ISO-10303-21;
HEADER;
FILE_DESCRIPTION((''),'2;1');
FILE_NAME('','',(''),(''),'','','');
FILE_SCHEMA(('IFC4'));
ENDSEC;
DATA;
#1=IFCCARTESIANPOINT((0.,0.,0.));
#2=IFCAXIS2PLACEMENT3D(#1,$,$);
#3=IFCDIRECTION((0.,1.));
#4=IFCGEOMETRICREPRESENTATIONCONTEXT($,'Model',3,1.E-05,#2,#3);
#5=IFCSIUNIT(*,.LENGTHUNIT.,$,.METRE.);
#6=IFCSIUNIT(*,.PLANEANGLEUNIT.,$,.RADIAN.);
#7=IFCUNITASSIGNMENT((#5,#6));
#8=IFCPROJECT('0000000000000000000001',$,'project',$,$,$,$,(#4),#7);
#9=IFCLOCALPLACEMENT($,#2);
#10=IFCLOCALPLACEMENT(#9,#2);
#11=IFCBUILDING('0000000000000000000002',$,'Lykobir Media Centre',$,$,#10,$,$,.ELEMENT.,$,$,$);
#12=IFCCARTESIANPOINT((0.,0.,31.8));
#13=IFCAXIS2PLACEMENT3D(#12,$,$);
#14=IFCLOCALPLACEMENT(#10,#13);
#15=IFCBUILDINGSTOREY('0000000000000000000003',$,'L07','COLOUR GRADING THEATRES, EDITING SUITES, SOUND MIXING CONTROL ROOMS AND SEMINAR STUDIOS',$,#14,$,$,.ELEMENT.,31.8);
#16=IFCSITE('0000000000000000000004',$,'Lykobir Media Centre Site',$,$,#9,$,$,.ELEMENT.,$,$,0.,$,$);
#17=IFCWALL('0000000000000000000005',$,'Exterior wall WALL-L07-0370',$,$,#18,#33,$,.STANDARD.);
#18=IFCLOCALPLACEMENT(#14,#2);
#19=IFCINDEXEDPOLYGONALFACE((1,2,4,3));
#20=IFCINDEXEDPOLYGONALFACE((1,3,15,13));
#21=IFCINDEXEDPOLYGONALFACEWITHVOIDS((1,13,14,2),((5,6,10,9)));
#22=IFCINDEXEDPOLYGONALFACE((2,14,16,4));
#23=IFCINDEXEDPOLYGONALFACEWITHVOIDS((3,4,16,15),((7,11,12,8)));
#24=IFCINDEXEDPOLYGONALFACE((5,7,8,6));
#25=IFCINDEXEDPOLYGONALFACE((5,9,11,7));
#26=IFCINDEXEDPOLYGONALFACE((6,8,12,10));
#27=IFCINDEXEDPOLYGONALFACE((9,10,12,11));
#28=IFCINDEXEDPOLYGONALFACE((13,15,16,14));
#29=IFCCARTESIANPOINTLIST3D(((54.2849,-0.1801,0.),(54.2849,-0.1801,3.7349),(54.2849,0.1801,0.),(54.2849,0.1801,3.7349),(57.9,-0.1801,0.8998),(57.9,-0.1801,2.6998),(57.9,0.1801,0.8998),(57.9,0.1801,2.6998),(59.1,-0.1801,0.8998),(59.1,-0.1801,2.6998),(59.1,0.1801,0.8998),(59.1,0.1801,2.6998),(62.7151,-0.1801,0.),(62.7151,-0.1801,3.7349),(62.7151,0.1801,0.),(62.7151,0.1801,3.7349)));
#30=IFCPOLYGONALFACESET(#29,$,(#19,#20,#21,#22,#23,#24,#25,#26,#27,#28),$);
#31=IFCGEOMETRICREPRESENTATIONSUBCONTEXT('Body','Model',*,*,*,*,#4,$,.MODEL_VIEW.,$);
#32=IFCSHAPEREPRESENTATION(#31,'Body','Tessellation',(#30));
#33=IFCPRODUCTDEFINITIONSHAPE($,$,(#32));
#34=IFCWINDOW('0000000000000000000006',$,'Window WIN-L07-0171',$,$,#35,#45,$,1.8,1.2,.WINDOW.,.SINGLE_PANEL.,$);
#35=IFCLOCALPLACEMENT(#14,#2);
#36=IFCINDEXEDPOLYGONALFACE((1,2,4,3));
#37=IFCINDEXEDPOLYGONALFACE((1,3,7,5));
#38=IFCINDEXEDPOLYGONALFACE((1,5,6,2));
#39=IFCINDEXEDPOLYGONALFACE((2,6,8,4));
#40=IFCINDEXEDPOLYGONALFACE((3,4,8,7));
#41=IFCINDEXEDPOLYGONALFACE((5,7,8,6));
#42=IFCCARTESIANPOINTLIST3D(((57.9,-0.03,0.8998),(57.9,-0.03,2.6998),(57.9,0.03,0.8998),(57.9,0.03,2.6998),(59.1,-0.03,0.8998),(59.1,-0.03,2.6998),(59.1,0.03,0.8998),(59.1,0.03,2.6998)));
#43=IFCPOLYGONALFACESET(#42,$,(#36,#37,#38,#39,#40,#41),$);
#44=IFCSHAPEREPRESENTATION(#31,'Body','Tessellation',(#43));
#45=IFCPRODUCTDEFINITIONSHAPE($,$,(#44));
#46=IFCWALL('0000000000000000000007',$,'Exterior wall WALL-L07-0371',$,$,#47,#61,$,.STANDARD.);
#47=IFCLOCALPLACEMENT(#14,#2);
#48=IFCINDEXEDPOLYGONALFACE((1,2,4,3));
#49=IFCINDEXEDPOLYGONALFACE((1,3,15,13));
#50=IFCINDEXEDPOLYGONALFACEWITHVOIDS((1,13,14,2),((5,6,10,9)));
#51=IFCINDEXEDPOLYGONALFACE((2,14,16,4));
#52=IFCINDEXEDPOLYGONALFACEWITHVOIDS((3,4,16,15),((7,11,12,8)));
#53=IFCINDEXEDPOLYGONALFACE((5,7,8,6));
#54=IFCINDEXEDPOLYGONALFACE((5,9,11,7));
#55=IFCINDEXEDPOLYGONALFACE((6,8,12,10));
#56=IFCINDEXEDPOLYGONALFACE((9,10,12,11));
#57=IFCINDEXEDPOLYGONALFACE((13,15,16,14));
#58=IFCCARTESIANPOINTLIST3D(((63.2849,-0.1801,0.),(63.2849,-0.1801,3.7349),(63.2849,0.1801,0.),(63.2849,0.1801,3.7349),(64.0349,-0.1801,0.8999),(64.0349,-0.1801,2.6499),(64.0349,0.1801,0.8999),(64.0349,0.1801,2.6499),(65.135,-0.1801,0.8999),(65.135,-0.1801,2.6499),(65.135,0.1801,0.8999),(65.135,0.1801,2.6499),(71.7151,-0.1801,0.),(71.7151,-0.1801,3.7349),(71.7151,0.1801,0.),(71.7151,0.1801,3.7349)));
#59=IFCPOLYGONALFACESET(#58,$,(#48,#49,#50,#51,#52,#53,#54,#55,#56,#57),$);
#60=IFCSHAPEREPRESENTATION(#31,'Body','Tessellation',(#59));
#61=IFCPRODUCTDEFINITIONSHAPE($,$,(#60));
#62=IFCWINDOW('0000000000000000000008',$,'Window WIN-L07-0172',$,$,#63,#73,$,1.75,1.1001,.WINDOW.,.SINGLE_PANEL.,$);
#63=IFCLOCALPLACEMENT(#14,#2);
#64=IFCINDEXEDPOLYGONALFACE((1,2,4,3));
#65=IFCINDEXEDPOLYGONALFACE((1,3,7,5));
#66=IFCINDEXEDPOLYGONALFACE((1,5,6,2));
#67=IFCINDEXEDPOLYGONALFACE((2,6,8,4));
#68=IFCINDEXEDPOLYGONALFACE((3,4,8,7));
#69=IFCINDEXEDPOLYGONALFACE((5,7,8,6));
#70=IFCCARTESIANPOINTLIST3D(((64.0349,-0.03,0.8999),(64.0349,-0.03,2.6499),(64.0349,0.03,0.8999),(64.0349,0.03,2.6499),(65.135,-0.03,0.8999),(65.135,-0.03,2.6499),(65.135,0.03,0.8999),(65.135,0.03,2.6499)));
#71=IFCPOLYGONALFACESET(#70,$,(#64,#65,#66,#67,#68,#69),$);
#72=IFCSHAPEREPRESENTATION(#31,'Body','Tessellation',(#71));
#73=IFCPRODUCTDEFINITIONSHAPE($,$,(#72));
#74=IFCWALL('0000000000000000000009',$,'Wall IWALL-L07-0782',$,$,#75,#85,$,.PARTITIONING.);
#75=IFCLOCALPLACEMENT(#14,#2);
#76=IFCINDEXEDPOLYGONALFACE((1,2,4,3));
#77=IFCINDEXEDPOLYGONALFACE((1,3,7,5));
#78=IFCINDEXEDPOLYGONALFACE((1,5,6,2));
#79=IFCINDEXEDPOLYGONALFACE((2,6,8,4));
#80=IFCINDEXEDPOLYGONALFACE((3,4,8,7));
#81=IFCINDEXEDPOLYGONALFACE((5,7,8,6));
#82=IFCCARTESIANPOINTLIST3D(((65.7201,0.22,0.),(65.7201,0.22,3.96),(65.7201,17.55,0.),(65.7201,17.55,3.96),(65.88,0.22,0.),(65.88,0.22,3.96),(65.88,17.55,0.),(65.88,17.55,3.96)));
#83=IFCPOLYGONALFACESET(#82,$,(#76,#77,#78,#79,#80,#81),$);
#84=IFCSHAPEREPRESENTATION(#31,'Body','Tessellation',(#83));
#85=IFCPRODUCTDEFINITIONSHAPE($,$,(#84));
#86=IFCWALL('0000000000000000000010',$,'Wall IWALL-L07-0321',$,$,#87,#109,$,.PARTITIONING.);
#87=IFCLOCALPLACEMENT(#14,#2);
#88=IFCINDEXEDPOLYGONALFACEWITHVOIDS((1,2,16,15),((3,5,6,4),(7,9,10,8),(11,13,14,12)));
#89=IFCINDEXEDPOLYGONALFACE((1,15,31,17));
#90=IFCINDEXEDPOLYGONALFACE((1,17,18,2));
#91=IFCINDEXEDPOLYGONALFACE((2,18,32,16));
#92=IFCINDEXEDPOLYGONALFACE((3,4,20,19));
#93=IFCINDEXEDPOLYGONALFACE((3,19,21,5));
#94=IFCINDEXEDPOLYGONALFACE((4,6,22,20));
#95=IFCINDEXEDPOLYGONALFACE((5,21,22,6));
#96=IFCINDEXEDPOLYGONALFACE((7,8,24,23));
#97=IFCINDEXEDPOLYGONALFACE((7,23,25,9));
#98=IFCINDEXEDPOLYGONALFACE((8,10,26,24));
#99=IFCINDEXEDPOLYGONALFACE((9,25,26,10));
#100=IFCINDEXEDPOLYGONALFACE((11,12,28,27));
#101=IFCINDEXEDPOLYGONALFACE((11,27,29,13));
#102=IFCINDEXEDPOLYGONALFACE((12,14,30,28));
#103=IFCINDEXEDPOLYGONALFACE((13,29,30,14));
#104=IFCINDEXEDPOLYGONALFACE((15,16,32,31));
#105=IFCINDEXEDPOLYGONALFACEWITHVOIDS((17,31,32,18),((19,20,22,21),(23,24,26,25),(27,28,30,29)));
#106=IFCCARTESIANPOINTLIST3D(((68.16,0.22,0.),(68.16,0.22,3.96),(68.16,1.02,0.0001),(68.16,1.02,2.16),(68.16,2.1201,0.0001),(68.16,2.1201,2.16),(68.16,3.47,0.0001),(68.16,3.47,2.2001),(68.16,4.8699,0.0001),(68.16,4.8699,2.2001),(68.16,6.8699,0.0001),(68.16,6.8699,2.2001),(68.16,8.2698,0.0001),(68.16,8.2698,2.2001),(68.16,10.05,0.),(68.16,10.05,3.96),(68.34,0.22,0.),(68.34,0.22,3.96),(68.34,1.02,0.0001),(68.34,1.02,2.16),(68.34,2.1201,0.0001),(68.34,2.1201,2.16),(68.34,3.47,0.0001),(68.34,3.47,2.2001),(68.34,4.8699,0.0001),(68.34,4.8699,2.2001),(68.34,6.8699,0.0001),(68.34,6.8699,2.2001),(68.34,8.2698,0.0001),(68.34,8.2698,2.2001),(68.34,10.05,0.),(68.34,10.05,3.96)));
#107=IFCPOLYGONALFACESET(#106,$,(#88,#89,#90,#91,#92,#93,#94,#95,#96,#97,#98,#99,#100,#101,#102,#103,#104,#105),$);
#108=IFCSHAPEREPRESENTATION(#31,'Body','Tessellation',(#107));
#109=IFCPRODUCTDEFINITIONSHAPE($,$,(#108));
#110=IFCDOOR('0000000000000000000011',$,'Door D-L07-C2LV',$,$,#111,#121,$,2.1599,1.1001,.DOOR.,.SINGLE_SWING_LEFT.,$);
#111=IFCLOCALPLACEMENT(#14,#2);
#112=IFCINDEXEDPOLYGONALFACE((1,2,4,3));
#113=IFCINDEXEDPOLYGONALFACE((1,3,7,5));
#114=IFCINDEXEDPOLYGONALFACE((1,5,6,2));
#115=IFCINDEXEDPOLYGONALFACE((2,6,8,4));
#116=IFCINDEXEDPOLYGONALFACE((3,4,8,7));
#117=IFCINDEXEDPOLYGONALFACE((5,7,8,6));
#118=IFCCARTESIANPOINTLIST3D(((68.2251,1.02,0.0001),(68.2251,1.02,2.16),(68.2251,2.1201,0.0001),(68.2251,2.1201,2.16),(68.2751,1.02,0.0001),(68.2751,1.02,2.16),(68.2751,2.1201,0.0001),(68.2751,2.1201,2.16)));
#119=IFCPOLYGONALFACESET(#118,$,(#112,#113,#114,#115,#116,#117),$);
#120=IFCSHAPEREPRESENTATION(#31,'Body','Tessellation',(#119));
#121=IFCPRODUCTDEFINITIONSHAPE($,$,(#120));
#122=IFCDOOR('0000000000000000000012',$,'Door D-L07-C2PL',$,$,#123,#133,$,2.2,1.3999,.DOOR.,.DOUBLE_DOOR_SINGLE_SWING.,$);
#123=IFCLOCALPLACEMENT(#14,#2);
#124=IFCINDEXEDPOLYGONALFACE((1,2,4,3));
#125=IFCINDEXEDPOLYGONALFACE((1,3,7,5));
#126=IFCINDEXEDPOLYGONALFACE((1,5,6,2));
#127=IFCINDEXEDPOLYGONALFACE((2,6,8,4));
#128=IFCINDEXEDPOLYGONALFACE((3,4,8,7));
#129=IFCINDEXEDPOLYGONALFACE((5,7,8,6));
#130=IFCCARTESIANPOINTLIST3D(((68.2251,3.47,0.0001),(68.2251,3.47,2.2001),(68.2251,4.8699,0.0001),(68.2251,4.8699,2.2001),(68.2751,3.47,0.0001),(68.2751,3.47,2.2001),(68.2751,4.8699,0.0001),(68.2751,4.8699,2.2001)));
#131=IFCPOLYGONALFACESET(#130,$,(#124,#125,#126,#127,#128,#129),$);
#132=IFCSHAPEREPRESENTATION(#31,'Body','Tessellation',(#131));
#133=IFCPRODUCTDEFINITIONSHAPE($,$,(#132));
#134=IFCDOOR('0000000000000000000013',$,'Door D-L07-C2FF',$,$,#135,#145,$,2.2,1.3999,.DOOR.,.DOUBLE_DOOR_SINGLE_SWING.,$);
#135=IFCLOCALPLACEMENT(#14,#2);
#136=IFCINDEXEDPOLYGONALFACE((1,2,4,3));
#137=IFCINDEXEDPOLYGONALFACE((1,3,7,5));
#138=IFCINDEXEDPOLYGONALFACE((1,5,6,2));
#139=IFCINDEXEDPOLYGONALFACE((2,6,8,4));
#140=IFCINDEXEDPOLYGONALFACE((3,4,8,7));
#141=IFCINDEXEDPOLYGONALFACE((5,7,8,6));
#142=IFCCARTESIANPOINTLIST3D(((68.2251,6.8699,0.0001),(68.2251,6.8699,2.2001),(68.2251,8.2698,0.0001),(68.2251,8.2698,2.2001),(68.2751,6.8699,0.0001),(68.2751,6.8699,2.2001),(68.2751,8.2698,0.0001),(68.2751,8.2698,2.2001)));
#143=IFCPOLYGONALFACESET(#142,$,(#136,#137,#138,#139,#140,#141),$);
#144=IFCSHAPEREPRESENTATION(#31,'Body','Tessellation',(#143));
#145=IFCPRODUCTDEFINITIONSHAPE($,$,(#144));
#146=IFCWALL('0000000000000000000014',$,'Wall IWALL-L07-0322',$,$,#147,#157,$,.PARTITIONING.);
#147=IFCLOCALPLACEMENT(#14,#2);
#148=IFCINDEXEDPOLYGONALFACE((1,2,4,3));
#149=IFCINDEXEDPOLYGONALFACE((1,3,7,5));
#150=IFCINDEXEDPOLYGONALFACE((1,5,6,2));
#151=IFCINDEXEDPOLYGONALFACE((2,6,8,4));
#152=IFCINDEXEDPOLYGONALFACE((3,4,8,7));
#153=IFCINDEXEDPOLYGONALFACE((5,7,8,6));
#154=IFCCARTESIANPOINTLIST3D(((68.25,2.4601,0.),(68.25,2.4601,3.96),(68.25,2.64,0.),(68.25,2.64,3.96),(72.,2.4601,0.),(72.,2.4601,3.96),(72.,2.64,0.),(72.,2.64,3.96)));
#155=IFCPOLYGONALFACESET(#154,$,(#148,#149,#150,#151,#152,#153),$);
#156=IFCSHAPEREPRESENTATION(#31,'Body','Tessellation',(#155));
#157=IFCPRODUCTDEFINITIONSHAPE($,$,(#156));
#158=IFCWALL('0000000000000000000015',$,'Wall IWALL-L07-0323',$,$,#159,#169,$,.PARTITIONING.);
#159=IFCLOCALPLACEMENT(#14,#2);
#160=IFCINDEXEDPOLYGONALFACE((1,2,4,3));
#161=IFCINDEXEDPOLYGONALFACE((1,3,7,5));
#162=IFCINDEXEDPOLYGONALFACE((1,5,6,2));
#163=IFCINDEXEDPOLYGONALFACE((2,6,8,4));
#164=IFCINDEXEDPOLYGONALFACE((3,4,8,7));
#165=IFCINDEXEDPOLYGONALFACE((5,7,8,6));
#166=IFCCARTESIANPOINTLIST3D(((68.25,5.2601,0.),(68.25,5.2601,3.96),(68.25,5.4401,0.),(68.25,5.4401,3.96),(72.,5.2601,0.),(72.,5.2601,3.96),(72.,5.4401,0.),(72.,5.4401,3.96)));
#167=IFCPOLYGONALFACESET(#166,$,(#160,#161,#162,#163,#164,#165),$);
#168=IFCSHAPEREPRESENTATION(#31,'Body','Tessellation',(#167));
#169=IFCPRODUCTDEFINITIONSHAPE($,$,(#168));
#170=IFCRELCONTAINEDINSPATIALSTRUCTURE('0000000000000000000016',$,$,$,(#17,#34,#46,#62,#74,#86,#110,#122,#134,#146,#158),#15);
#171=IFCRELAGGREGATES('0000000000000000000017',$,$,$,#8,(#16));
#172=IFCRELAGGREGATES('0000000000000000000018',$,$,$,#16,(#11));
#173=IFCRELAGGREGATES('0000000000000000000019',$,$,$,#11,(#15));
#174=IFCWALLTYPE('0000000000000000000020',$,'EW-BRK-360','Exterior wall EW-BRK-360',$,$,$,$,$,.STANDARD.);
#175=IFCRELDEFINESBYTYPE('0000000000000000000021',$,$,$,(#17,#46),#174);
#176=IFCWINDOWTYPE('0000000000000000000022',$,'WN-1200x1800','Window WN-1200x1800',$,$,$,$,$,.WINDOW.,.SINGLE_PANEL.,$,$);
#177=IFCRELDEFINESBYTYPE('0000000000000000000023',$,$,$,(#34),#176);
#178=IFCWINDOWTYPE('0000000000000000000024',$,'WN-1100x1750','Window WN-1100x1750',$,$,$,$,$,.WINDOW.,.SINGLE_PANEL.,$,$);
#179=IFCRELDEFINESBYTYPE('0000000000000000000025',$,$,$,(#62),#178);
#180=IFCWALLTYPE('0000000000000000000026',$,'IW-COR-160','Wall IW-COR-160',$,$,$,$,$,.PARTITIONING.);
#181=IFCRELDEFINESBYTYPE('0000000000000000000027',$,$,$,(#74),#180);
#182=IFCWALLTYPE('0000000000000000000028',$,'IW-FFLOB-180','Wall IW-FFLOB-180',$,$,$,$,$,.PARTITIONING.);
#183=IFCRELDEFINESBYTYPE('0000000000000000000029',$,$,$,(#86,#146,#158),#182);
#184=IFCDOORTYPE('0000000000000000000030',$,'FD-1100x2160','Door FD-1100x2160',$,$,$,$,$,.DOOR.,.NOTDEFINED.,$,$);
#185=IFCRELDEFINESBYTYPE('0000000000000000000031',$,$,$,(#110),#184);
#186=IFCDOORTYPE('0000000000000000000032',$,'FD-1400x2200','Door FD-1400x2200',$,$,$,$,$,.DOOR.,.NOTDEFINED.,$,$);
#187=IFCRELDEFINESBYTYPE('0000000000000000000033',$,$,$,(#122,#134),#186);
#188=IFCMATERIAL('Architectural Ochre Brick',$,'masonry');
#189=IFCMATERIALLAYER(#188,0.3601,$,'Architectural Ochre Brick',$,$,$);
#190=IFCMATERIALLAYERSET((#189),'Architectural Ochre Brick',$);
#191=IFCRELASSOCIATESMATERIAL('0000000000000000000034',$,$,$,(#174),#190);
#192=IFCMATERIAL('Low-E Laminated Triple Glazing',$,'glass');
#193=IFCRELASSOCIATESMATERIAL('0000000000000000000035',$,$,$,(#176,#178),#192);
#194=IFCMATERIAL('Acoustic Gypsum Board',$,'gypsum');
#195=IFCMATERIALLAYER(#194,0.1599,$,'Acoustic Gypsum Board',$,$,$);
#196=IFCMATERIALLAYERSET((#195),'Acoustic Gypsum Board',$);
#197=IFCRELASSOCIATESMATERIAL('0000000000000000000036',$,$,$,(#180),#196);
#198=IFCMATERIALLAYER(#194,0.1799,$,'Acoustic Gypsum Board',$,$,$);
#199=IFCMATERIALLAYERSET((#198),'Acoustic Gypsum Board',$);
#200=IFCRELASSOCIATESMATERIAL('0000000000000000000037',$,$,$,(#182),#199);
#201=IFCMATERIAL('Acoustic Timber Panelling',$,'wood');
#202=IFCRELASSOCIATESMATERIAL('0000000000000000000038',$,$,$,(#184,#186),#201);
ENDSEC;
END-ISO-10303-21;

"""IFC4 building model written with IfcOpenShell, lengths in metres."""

from ifc_helpers import new_model, si_unit, direction, frame, frame_2d, origin, place, context, subcontext, project, spatial, rectangle, extrude, material, layer, layer_set, type_object, element, fill, save


model = new_model("IFC4")

# Units and contexts
model_context = context("Model", 3, precision=1e-05, world=origin(), true_north=direction((0.0, 1.0)))
body_context = subcontext(model_context, "Body", "Model", "MODEL_VIEW")
ifc_project = project(units=[si_unit("LENGTHUNIT", "METRE"), si_unit("PLANEANGLEUNIT", "RADIAN")], contexts=[model_context])

# Site, building, storey
site_placement = place(None, origin())
site = spatial("IfcSite", under=ifc_project, at=site_placement, Name="Lykobir Media Centre Site", CompositionType="ELEMENT", RefElevation=0.0)
building_placement = place(site_placement, origin())
building = spatial("IfcBuilding", under=site, at=building_placement, Name="Lykobir Media Centre", CompositionType="ELEMENT")
storey_placement = place(building_placement, frame((0.0, 0.0, 31.8)))
storey = spatial("IfcBuildingStorey", under=building, at=storey_placement, Name="L07", Description="COLOUR GRADING THEATRES, EDITING SUITES, SOUND MIXING CONTROL ROOMS AND SEMINAR STUDIOS", CompositionType="ELEMENT", Elevation=31.8)

# Walls, openings, windows
ifc_material_1 = material(Name="Architectural Ochre Brick", Category="masonry")
ifc_layer_1 = layer(ifc_material_1, 0.3601, Name="Architectural Ochre Brick")
ifc_layer_set_1 = layer_set([ifc_layer_1], Name="Architectural Ochre Brick")
wall_type_1 = type_object("IfcWallType", Name="EW-BRK-360", Description="Exterior wall EW-BRK-360", PredefinedType="STANDARD", material=ifc_layer_set_1)
wall_1_placement = place(storey_placement, frame((54.2849, 0.0, 0.0), z_axis=(0.0, 0.0, 1.0), x_axis=(1.0, 0.0, 0.0)))
wall_1 = element("IfcWall", 1, at=wall_1_placement, inside=storey, type_object=wall_type_1, Name="Exterior wall WALL-L07-0370", PredefinedType="STANDARD", context=body_context, shape_type="SweptSolid", body=[
    extrude(rectangle(XDim=8.4302, YDim=0.3601, at=frame_2d((4.2151, 0.0))), origin(), (0.0, 0.0, 1.0), 3.7349),
])
opening_1_placement = place(wall_1_placement, frame((3.615, 0.0, 0.8999)))
opening_1 = element("IfcOpeningElement", 2, at=opening_1_placement, cuts=wall_1, PredefinedType="OPENING", context=body_context, shape_type="SweptSolid", body=[
    extrude(rectangle(XDim=1.2, YDim=1.8, at=frame_2d((0.6001, 0.8999))), frame((0.0, 0.1899, 0.0), z_axis=(0.0, -1.0, 0.0), x_axis=(1.0, 0.0, 0.0)), (0.0, 0.0, 1.0), 0.3801),
])
ifc_material_2 = material(Name="Low-E Laminated Triple Glazing", Category="glass")
window_type_1 = type_object("IfcWindowType", Name="WN-1200x1800", Description="Window WN-1200x1800", PartitioningType="SINGLE_PANEL", PredefinedType="WINDOW", material=ifc_material_2)
window_1_placement = place(opening_1_placement, origin())
window_1 = element("IfcWindow", 3, at=window_1_placement, inside=storey, type_object=window_type_1, Name="Window WIN-L07-0171", OverallHeight=1.8, OverallWidth=1.2, PartitioningType="SINGLE_PANEL", PredefinedType="WINDOW", context=body_context, shape_type="SweptSolid", body=[
    extrude(rectangle(XDim=1.2, YDim=1.8, at=frame_2d((0.6001, 0.8999))), frame((0.0, 0.03, 0.0), z_axis=(0.0, -1.0, 0.0), x_axis=(1.0, 0.0, 0.0)), (0.0, 0.0, 1.0), 0.0601),
])
fill(opening_1, window_1)
wall_2_placement = place(storey_placement, frame((63.2849, 0.0, 0.0), z_axis=(0.0, 0.0, 1.0), x_axis=(1.0, 0.0, 0.0)))
wall_2 = element("IfcWall", 4, at=wall_2_placement, inside=storey, type_object=wall_type_1, Name="Exterior wall WALL-L07-0371", PredefinedType="STANDARD", context=body_context, shape_type="SweptSolid", body=[
    extrude(rectangle(XDim=8.4302, YDim=0.3601, at=frame_2d((4.2151, 0.0))), origin(), (0.0, 0.0, 1.0), 3.7349),
])
opening_2_placement = place(wall_2_placement, frame((0.75, 0.0, 0.8999)))
opening_2 = element("IfcOpeningElement", 5, at=opening_2_placement, cuts=wall_2, PredefinedType="OPENING", context=body_context, shape_type="SweptSolid", body=[
    extrude(rectangle(XDim=1.1001, YDim=1.75, at=frame_2d((0.55, 0.875))), frame((0.0, 0.1899, 0.0), z_axis=(0.0, -1.0, 0.0), x_axis=(1.0, 0.0, 0.0)), (0.0, 0.0, 1.0), 0.3801),
])
window_type_2 = type_object("IfcWindowType", Name="WN-1100x1750", Description="Window WN-1100x1750", PartitioningType="SINGLE_PANEL", PredefinedType="WINDOW", material=ifc_material_2)
window_2_placement = place(opening_2_placement, origin())
window_2 = element("IfcWindow", 6, at=window_2_placement, inside=storey, type_object=window_type_2, Name="Window WIN-L07-0172", OverallHeight=1.75, OverallWidth=1.1001, PartitioningType="SINGLE_PANEL", PredefinedType="WINDOW", context=body_context, shape_type="SweptSolid", body=[
    extrude(rectangle(XDim=1.1001, YDim=1.75, at=frame_2d((0.55, 0.875))), frame((0.0, 0.03, 0.0), z_axis=(0.0, -1.0, 0.0), x_axis=(1.0, 0.0, 0.0)), (0.0, 0.0, 1.0), 0.0601),
])
fill(opening_2, window_2)

# Wall
ifc_material_3 = material(Name="Acoustic Gypsum Board", Category="gypsum")
ifc_layer_2 = layer(ifc_material_3, 0.1599, Name="Acoustic Gypsum Board")
ifc_layer_set_2 = layer_set([ifc_layer_2], Name="Acoustic Gypsum Board")
wall_type_2 = type_object("IfcWallType", Name="IW-COR-160", Description="Wall IW-COR-160", PredefinedType="PARTITIONING", material=ifc_layer_set_2)
wall_3_placement = place(storey_placement, frame((65.8, 0.22, 0.0), z_axis=(0.0, 0.0, 1.0), x_axis=(0.0, 1.0, 0.0)))
element("IfcWall", 7, at=wall_3_placement, inside=storey, type_object=wall_type_2, Name="Wall IWALL-L07-0782", PredefinedType="PARTITIONING", context=body_context, shape_type="SweptSolid", body=[
    extrude(rectangle(XDim=17.3301, YDim=0.1599, at=frame_2d((8.665, 0.0))), origin(), (0.0, 0.0, 1.0), 3.96),
])

# Wall, openings, doors
ifc_layer_3 = layer(ifc_material_3, 0.1799, Name="Acoustic Gypsum Board")
ifc_layer_set_3 = layer_set([ifc_layer_3], Name="Acoustic Gypsum Board")
wall_type_3 = type_object("IfcWallType", Name="IW-FFLOB-180", Description="Wall IW-FFLOB-180", PredefinedType="PARTITIONING", material=ifc_layer_set_3)
wall_4_placement = place(storey_placement, frame((68.25, 0.22, 0.0), z_axis=(0.0, 0.0, 1.0), x_axis=(0.0, 1.0, 0.0)))
wall_4 = element("IfcWall", 8, at=wall_4_placement, inside=storey, type_object=wall_type_3, Name="Wall IWALL-L07-0321", PredefinedType="PARTITIONING", context=body_context, shape_type="SweptSolid", body=[
    extrude(rectangle(XDim=9.8301, YDim=0.1799, at=frame_2d((4.915, 0.0))), origin(), (0.0, 0.0, 1.0), 3.96),
])
opening_3_placement = place(wall_4_placement, frame((0.8, 0.0, 0.0)))
opening_3 = element("IfcOpeningElement", 9, at=opening_3_placement, cuts=wall_4, PredefinedType="OPENING", context=body_context, shape_type="SweptSolid", body=[
    extrude(rectangle(XDim=1.1001, YDim=2.1599, at=frame_2d((0.55, 1.0801))), frame((0.0, 0.0999, 0.0), z_axis=(0.0, -1.0, 0.0), x_axis=(1.0, 0.0, 0.0)), (0.0, 0.0, 1.0), 0.2),
])
opening_4_placement = place(wall_4_placement, frame((3.25, 0.0, 0.0)))
opening_4 = element("IfcOpeningElement", 10, at=opening_4_placement, cuts=wall_4, PredefinedType="OPENING", context=body_context, shape_type="SweptSolid", body=[
    extrude(rectangle(XDim=1.3999, YDim=2.2, at=frame_2d((0.7, 1.1001))), frame((0.0, 0.0999, 0.0), z_axis=(0.0, -1.0, 0.0), x_axis=(1.0, 0.0, 0.0)), (0.0, 0.0, 1.0), 0.2),
])
opening_5_placement = place(wall_4_placement, frame((6.6499, 0.0, 0.0)))
opening_5 = element("IfcOpeningElement", 11, at=opening_5_placement, cuts=wall_4, PredefinedType="OPENING", context=body_context, shape_type="SweptSolid", body=[
    extrude(rectangle(XDim=1.3999, YDim=2.2, at=frame_2d((0.7, 1.1001))), frame((0.0, 0.0999, 0.0), z_axis=(0.0, -1.0, 0.0), x_axis=(1.0, 0.0, 0.0)), (0.0, 0.0, 1.0), 0.2),
])
ifc_material_4 = material(Name="Acoustic Timber Panelling", Category="wood")
door_type_1 = type_object("IfcDoorType", Name="FD-1100x2160", Description="Door FD-1100x2160", OperationType="NOTDEFINED", PredefinedType="DOOR", material=ifc_material_4)
door_1_placement = place(opening_3_placement, origin())
door_1 = element("IfcDoor", 12, at=door_1_placement, inside=storey, type_object=door_type_1, Name="Door D-L07-C2LV", OperationType="SINGLE_SWING_LEFT", OverallHeight=2.1599, OverallWidth=1.1001, PredefinedType="DOOR", context=body_context, shape_type="SweptSolid", body=[
    extrude(rectangle(XDim=1.1001, YDim=2.1599, at=frame_2d((0.55, 1.0801))), frame((0.0, 0.0249, 0.0), z_axis=(0.0, -1.0, 0.0), x_axis=(1.0, 0.0, 0.0)), (0.0, 0.0, 1.0), 0.05),
])
fill(opening_3, door_1)
door_type_2 = type_object("IfcDoorType", Name="FD-1400x2200", Description="Door FD-1400x2200", OperationType="NOTDEFINED", PredefinedType="DOOR", material=ifc_material_4)
door_2_placement = place(opening_4_placement, origin())
door_2 = element("IfcDoor", 13, at=door_2_placement, inside=storey, type_object=door_type_2, Name="Door D-L07-C2PL", OperationType="DOUBLE_DOOR_SINGLE_SWING", OverallHeight=2.2, OverallWidth=1.3999, PredefinedType="DOOR", context=body_context, shape_type="SweptSolid", body=[
    extrude(rectangle(XDim=1.3999, YDim=2.2, at=frame_2d((0.7, 1.1001))), frame((0.0, 0.0249, 0.0), z_axis=(0.0, -1.0, 0.0), x_axis=(1.0, 0.0, 0.0)), (0.0, 0.0, 1.0), 0.05),
])
fill(opening_4, door_2)
door_3_placement = place(opening_5_placement, origin())
door_3 = element("IfcDoor", 14, at=door_3_placement, inside=storey, type_object=door_type_2, Name="Door D-L07-C2FF", OperationType="DOUBLE_DOOR_SINGLE_SWING", OverallHeight=2.2, OverallWidth=1.3999, PredefinedType="DOOR", context=body_context, shape_type="SweptSolid", body=[
    extrude(rectangle(XDim=1.3999, YDim=2.2, at=frame_2d((0.7, 1.1001))), frame((0.0, 0.0249, 0.0), z_axis=(0.0, -1.0, 0.0), x_axis=(1.0, 0.0, 0.0)), (0.0, 0.0, 1.0), 0.05),
])
fill(opening_5, door_3)

# Walls
for number, where, z_axis, x_axis, name in (
    (15, (68.25, 2.55, 0.0), (0.0, 0.0, 1.0), (1.0, 0.0, 0.0), "Wall IWALL-L07-0322"),
    (16, (68.25, 5.3501, 0.0), (0.0, 0.0, 1.0), (1.0, 0.0, 0.0), "Wall IWALL-L07-0323"),
):
    element("IfcWall", number, at=place(storey_placement, frame(where, z_axis=z_axis, x_axis=x_axis)), inside=storey, type_object=wall_type_3, Name=name, PredefinedType="PARTITIONING", context=body_context, shape_type="SweptSolid", body=[
        extrude(rectangle(XDim=3.75, YDim=0.1799, at=frame_2d((1.875, 0.0))), origin(), (0.0, 0.0, 1.0), 3.96),
    ])

save(model, "model.ifc")
